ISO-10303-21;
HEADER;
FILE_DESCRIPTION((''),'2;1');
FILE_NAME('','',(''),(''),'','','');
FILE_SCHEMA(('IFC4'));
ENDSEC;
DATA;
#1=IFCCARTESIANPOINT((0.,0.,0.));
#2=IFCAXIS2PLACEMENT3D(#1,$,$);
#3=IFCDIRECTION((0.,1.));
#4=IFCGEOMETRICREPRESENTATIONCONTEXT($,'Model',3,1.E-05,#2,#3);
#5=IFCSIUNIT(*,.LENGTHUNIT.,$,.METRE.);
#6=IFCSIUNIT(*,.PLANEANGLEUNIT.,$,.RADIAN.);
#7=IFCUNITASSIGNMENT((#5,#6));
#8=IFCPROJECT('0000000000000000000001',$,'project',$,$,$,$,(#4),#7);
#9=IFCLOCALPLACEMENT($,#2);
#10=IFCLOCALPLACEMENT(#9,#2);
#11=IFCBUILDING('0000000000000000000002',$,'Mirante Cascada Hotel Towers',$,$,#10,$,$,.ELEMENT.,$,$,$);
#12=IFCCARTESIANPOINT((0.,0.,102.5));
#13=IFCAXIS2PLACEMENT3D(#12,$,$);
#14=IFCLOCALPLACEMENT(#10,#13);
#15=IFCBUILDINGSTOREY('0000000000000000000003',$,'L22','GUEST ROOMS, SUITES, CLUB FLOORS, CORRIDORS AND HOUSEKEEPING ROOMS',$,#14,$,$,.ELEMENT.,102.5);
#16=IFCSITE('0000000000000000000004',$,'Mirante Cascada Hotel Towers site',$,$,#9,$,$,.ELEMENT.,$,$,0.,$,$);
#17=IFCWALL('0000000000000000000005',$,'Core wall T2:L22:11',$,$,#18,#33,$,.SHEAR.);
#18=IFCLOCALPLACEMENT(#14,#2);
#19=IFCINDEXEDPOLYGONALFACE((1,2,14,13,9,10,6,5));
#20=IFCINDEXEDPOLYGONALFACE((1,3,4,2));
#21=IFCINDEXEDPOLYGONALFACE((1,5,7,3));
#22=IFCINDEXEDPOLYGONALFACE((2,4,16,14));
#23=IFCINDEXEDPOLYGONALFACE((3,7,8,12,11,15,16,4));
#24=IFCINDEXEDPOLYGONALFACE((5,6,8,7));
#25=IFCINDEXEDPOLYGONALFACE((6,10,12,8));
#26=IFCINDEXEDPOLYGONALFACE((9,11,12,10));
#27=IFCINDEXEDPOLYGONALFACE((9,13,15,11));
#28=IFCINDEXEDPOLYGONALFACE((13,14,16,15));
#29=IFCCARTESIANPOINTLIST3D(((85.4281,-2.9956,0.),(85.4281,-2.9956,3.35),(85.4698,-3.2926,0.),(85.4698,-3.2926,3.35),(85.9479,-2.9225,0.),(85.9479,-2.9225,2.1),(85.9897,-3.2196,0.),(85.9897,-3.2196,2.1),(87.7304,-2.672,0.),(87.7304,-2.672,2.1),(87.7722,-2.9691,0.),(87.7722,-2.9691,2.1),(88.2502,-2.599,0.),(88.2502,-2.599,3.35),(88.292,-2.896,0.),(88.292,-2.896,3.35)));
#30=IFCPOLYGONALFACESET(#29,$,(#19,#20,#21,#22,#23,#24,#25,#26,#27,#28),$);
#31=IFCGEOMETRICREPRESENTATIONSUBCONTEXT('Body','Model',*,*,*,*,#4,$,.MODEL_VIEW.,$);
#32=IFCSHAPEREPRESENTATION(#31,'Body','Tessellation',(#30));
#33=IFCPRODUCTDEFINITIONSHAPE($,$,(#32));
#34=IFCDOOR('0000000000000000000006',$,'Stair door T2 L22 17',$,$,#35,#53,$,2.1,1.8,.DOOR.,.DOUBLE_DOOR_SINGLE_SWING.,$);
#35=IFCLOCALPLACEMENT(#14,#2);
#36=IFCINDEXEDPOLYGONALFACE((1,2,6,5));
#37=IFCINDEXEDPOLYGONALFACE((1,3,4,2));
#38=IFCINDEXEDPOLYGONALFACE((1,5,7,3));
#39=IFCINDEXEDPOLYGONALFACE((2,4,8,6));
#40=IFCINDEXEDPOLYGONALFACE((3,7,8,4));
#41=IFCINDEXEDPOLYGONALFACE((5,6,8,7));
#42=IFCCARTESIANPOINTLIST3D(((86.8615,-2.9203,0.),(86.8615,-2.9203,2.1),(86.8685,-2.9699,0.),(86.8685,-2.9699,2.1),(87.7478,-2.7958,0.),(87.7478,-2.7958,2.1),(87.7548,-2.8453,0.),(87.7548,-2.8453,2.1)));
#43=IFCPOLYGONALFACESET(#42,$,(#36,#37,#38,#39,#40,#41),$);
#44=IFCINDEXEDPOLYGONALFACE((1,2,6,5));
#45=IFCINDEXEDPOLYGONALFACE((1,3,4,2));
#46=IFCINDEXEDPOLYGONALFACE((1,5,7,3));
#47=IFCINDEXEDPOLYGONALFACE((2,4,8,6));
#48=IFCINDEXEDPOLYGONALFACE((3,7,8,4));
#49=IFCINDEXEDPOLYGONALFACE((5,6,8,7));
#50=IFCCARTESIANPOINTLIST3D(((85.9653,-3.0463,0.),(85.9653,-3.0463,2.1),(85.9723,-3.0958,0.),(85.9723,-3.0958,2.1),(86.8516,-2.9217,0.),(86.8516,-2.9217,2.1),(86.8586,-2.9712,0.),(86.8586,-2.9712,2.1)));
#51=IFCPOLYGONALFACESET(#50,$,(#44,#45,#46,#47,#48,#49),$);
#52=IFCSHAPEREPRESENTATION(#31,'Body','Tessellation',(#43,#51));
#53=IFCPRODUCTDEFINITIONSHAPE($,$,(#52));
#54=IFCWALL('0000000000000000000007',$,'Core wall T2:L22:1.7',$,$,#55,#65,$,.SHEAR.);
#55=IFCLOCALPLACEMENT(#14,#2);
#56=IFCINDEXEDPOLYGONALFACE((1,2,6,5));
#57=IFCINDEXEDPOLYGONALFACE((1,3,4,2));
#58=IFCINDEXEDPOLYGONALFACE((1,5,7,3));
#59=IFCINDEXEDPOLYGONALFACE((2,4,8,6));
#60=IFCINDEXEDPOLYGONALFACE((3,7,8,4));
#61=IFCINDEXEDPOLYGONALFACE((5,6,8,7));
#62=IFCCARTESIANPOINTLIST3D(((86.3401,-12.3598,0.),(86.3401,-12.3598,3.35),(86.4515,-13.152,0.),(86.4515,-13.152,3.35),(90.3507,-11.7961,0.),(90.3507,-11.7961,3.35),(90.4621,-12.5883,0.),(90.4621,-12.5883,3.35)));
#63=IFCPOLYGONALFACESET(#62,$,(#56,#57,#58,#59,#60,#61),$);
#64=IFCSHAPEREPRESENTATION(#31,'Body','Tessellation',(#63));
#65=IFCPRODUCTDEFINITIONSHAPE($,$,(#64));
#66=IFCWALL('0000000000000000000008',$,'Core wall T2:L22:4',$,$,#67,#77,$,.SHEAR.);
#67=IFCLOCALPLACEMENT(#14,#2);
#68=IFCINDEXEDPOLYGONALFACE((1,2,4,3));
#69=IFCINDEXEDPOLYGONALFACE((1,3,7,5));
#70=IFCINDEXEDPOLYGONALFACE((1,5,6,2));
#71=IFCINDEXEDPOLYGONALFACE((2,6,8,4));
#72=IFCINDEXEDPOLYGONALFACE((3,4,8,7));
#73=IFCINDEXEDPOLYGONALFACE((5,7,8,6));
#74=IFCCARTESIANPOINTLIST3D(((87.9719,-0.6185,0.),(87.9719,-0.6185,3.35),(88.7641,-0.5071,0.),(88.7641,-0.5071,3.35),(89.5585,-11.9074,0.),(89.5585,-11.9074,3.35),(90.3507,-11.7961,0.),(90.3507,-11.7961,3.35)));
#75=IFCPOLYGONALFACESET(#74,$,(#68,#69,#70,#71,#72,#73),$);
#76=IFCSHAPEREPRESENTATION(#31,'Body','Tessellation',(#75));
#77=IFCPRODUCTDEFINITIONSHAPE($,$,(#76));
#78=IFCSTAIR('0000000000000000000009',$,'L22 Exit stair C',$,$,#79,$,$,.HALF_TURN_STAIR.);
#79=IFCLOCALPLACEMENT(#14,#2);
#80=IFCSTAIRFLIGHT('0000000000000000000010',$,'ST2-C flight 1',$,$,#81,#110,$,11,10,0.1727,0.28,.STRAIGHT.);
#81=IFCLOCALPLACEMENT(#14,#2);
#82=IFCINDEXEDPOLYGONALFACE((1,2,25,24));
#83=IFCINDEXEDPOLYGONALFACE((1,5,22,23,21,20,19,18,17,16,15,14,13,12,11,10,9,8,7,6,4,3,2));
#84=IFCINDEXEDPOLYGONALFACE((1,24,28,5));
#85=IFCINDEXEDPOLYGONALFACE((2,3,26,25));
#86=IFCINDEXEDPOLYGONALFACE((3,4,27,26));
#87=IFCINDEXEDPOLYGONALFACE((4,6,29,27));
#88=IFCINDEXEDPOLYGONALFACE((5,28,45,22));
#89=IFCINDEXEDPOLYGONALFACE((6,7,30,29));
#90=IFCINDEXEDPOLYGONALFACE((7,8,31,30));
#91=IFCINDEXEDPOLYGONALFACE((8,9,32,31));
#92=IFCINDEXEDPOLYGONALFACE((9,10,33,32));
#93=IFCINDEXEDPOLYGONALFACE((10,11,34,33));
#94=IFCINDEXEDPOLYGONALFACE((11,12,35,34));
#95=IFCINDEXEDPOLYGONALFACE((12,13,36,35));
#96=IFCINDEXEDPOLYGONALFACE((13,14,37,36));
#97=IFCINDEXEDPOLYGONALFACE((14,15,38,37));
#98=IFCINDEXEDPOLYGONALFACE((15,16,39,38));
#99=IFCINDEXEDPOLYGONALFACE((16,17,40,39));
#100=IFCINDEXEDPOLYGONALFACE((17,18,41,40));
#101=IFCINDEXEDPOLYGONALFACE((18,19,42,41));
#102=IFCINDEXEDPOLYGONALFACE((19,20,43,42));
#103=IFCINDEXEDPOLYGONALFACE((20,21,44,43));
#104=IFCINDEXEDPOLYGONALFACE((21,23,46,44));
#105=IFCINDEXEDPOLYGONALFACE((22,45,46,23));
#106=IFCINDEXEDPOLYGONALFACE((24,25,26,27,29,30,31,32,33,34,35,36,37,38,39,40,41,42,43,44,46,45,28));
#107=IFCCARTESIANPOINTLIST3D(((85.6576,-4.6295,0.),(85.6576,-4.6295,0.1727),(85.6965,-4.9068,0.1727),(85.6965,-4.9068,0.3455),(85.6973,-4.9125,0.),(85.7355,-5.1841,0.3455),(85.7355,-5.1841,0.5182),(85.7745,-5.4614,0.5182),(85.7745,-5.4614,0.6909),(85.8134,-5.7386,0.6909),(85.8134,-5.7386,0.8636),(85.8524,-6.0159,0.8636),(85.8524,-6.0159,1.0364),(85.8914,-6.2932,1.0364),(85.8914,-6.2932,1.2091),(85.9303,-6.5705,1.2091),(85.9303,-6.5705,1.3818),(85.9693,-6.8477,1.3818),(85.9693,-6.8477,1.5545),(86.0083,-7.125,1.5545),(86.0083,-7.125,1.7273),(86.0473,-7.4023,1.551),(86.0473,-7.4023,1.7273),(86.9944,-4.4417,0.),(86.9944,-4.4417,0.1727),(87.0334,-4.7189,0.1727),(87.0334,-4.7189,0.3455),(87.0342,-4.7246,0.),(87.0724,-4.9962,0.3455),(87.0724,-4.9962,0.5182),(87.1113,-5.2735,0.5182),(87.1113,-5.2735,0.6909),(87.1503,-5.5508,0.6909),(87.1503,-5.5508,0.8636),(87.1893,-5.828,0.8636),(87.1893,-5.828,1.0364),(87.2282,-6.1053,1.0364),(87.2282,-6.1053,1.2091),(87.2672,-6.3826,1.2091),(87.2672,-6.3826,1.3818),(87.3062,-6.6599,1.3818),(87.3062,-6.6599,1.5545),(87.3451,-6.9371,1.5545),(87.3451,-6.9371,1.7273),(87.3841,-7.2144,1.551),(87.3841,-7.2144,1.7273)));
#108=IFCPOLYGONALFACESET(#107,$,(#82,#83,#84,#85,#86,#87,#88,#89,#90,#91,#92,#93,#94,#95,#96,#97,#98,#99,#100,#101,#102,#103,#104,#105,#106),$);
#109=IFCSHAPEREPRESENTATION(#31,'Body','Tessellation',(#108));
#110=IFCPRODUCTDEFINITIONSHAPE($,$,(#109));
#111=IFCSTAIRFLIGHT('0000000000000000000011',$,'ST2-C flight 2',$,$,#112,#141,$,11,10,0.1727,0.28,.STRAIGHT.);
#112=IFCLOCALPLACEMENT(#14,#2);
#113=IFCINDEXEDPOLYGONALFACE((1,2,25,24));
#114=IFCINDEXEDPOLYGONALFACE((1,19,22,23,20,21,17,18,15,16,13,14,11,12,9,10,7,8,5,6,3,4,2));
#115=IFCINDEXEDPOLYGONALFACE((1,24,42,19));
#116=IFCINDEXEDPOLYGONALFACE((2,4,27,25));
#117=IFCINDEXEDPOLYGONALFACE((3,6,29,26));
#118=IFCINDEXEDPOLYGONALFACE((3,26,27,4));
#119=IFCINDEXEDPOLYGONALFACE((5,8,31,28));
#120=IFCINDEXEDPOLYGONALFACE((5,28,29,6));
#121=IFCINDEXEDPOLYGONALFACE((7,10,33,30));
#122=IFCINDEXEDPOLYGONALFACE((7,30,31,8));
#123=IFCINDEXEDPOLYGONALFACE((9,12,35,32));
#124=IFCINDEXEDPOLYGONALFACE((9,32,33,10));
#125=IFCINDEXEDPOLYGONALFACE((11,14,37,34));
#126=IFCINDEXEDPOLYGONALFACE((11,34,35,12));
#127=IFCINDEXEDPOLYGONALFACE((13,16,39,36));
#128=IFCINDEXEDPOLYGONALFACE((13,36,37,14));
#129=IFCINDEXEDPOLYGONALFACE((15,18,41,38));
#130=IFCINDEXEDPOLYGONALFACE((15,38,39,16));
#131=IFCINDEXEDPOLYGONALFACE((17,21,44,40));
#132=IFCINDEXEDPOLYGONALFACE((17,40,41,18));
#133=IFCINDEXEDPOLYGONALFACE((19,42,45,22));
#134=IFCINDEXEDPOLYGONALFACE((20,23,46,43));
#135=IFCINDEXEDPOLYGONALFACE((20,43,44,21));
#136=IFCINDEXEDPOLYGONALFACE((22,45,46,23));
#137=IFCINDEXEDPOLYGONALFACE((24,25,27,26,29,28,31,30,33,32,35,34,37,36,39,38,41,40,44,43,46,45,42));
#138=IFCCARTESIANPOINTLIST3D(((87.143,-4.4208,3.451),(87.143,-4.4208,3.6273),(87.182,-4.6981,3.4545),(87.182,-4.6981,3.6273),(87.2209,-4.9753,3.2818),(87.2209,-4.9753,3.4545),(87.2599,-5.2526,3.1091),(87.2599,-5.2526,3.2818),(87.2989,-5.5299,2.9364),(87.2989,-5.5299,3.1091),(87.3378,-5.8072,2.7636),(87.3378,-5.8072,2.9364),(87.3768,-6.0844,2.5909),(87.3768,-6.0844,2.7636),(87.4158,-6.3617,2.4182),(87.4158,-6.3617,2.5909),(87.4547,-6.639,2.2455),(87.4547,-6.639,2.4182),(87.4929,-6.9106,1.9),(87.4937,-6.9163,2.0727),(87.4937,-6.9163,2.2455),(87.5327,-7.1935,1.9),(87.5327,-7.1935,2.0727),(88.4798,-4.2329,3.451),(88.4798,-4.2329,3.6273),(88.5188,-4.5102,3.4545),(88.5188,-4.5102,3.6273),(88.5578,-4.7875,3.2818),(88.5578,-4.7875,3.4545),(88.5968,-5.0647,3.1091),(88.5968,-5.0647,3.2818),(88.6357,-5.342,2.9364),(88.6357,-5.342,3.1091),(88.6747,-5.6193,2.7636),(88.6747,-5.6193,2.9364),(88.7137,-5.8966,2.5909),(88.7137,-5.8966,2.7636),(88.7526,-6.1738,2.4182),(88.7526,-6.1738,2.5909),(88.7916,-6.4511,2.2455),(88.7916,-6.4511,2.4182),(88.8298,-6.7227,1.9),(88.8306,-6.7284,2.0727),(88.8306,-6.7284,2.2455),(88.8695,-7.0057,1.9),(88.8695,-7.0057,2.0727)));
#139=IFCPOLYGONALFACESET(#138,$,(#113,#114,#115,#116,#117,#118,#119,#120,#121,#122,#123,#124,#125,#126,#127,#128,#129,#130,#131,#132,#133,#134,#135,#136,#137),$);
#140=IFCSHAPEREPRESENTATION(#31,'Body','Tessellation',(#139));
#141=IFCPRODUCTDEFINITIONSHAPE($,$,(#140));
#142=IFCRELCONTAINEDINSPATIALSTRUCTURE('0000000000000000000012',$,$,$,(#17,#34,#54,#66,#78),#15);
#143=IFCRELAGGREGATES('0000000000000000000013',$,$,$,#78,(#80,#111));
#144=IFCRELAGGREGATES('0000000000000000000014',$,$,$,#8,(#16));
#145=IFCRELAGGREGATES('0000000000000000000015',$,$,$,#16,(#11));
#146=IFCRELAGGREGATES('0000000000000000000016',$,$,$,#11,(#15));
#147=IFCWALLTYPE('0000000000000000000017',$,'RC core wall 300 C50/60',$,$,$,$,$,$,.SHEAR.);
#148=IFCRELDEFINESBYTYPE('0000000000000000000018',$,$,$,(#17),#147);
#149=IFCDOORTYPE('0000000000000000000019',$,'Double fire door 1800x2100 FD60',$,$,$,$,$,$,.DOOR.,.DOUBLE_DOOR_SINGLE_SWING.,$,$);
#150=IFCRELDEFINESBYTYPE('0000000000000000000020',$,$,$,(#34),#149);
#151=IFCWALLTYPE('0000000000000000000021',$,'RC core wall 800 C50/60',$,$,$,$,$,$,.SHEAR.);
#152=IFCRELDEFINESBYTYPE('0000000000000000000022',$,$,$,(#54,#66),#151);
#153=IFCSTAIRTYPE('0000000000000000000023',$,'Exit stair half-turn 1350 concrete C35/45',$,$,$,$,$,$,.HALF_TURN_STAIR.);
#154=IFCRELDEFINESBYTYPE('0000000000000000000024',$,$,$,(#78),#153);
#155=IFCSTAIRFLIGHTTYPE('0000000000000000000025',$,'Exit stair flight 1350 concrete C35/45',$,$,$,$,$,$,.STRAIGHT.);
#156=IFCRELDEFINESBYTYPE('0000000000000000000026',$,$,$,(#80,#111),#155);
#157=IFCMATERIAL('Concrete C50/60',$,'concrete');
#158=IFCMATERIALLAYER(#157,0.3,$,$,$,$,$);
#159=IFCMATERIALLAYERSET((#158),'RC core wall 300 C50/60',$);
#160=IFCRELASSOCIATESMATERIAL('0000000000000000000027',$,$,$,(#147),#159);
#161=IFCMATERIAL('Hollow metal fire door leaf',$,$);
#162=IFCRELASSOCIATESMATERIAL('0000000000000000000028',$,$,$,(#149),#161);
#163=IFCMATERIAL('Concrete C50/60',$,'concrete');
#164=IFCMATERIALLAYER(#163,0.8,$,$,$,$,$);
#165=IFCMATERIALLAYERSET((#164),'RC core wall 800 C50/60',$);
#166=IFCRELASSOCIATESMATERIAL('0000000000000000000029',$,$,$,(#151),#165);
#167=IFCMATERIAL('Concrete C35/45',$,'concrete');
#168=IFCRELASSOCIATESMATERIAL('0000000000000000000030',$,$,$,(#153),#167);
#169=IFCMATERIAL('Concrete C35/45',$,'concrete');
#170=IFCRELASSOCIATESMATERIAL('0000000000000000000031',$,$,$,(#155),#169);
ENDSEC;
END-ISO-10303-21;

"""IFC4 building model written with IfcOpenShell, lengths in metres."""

from ifc_helpers import new_model, si_unit, direction, frame, frame_2d, origin, place, context, subcontext, project, spatial, polyline, rectangle, outline, extrude, material, layer, layer_set, type_object, element, fill, aggregate, save


model = new_model("IFC4")

# Units and contexts
model_context = context("Model", 3, precision=1e-05, world=origin(), true_north=direction((0.0, 1.0)))
body_context = subcontext(model_context, "Body", "Model", "MODEL_VIEW")
ifc_project = project(units=[si_unit("LENGTHUNIT", "METRE"), si_unit("PLANEANGLEUNIT", "RADIAN")], contexts=[model_context])

# Site, building, storey
site_placement = place(None, origin())
site = spatial("IfcSite", under=ifc_project, at=site_placement, Name="Mirante Cascada Hotel Towers site", CompositionType="ELEMENT", RefElevation=0.0)
building_placement = place(site_placement, origin())
building = spatial("IfcBuilding", under=site, at=building_placement, Name="Mirante Cascada Hotel Towers", CompositionType="ELEMENT")
storey_placement = place(building_placement, frame((0.0, 0.0, 102.5)))
storey = spatial("IfcBuildingStorey", under=building, at=storey_placement, Name="L22", Description="GUEST ROOMS, SUITES, CLUB FLOORS, CORRIDORS AND HOUSEKEEPING ROOMS", CompositionType="ELEMENT", Elevation=102.5)

# Shared definitions
ifc_material_1 = material(Name="Concrete C50/60", Category="concrete")
ifc_layer_1 = layer(ifc_material_1, 0.3)
ifc_layer_set_1 = layer_set([ifc_layer_1], Name="RC core wall 300 C50/60")
wall_type_1 = type_object("IfcWallType", Name="RC core wall 300 C50/60", PredefinedType="SHEAR", material=ifc_layer_set_1)

# Wall, opening, door
wall_1_placement = place(storey_placement, frame((85.4489, -3.1441, 0.0), z_axis=(0.0, 0.0, 1.0), x_axis=(0.99027, 0.139161, 0.0)))
wall_1 = element("IfcWall", 1, at=wall_1_placement, inside=storey, type_object=wall_type_1, Name="Core wall T2:L22:11", PredefinedType="SHEAR", context=body_context, shape_type="SweptSolid", body=[
    extrude(rectangle(XDim=2.8499, YDim=0.3, at=frame_2d((1.425, 0.0))), origin(), (0.0, 0.0, 1.0), 3.35),
])
opening_1_placement = place(wall_1_placement, frame((0.525, 0.0, 0.0)))
opening_1 = element("IfcOpeningElement", 2, at=opening_1_placement, cuts=wall_1, PredefinedType="OPENING", context=body_context, shape_type="SweptSolid", body=[
    extrude(rectangle(XDim=1.8, YDim=2.1, at=frame_2d((0.9, 1.05))), frame((0.0, 0.15, 0.0), z_axis=(0.0, -1.0, 0.0), x_axis=(1.0, 0.0, 0.0)), (0.0, 0.0, 1.0), 0.3),
])
ifc_material_2 = material(Name="Hollow metal fire door leaf")
door_type_1 = type_object("IfcDoorType", Name="Double fire door 1800x2100 FD60", OperationType="DOUBLE_DOOR_SINGLE_SWING", PredefinedType="DOOR", material=ifc_material_2)
door_1_placement = place(opening_1_placement, frame((1.8, 0.0, 0.0), z_axis=(0.0, 0.0, 1.0), x_axis=(-1.0, 0.0, 0.0)))
door_1 = element("IfcDoor", 3, at=door_1_placement, inside=storey, type_object=door_type_1, Name="Stair door T2 L22 17", OperationType="DOUBLE_DOOR_SINGLE_SWING", OverallHeight=2.1, OverallWidth=1.8, PredefinedType="DOOR", context=body_context, shape_type="SweptSolid", body=[
    extrude(rectangle(XDim=0.895, YDim=2.1, at=frame_2d((0.4475, 1.05))), frame((0.0, 0.025, 0.0), z_axis=(0.0, -1.0, 0.0), x_axis=(1.0, 0.0, 0.0)), (0.0, 0.0, 1.0), 0.05),
    extrude(rectangle(XDim=0.895, YDim=2.1, at=frame_2d((1.3525, 1.05))), frame((0.0, 0.025, 0.0), z_axis=(0.0, -1.0, 0.0), x_axis=(1.0, 0.0, 0.0)), (0.0, 0.0, 1.0), 0.05),
])
fill(opening_1, door_1)

# Walls
ifc_material_3 = material(Name="Concrete C50/60", Category="concrete")
ifc_layer_2 = layer(ifc_material_3, 0.8)
ifc_layer_set_2 = layer_set([ifc_layer_2], Name="RC core wall 800 C50/60")
wall_type_2 = type_object("IfcWallType", Name="RC core wall 800 C50/60", PredefinedType="SHEAR", material=ifc_layer_set_2)
wall_2_placement = place(storey_placement, frame((86.3958, -12.7559, 0.0), z_axis=(0.0, 0.0, 1.0), x_axis=(0.990267, 0.139184, 0.0)))
element("IfcWall", 4, at=wall_2_placement, inside=storey, type_object=wall_type_2, Name="Core wall T2:L22:1.7", PredefinedType="SHEAR", context=body_context, shape_type="SweptSolid", body=[
    extrude(rectangle(XDim=4.05, YDim=0.8, at=frame_2d((2.025, 0.0))), origin(), (0.0, 0.0, 1.0), 3.35),
])
wall_3_placement = place(storey_placement, frame((89.9546, -11.8518, 0.0), z_axis=(0.0, 0.0, 1.0), x_axis=(-0.139176, 0.990268, 0.0)))
element("IfcWall", 5, at=wall_3_placement, inside=storey, type_object=wall_type_2, Name="Core wall T2:L22:4", PredefinedType="SHEAR", context=body_context, shape_type="SweptSolid", body=[
    extrude(rectangle(XDim=11.3999, YDim=0.8, at=frame_2d((5.7, 0.0))), origin(), (0.0, 0.0, 1.0), 3.35),
])

# Stair, stair flights
ifc_material_4 = material(Name="Concrete C35/45", Category="concrete")
stair_type = type_object("IfcStairType", Name="Exit stair half-turn 1350 concrete C35/45", PredefinedType="HALF_TURN_STAIR", material=ifc_material_4)
stair_placement = place(storey_placement, origin())
stair = element("IfcStair", 6, at=stair_placement, inside=storey, type_object=stair_type, Name="L22 Exit stair C", PredefinedType="HALF_TURN_STAIR")
ifc_material_5 = material(Name="Concrete C35/45", Category="concrete")
stair_flight_type = type_object("IfcStairFlightType", Name="Exit stair flight 1350 concrete C35/45", PredefinedType="STRAIGHT", material=ifc_material_5)
stair_flight_1_placement = place(storey_placement, frame((86.326, -4.5356, 0.0), z_axis=(0.0, 0.0, 1.0), x_axis=(0.139173, -0.990268, 0.0)))
stair_flight_1 = element("IfcStairFlight", 7, at=stair_flight_1_placement, type_object=stair_flight_type, Name="ST2-C flight 1", NumberOfRisers=11, NumberOfTreads=10, PredefinedType="STRAIGHT", RiserHeight=0.1727, TreadLength=0.28, context=body_context, shape_type="SweptSolid", body=[
    extrude(outline(polyline([(0.0, 0.0), (0.0, 0.1727), (0.28, 0.1727), (0.28, 0.3455), (0.56, 0.3455), (0.56, 0.5182), (0.84, 0.5182), (0.84, 0.6909), (1.12, 0.6909), (1.12, 0.8636), (1.4, 0.8636), (1.4, 1.0364), (1.68, 1.0364), (1.68, 1.2091), (1.96, 1.2091), (1.96, 1.3818), (2.24, 1.3818), (2.24, 1.5545), (2.52, 1.5545), (2.52, 1.7273), (2.8, 1.7273), (2.8, 1.9), (2.8, 1.551), (0.2857, 0.0), (0.0, 0.0)])), frame((0.0, 0.675, 0.0), z_axis=(0.0, -1.0, 0.0), x_axis=(1.0, 0.0, 0.0)), (0.0, 0.0, 1.0), 1.35),
])
stair_flight_2_placement = place(storey_placement, frame((88.2011, -7.0996, 1.9), z_axis=(0.0, 0.0, 1.0), x_axis=(-0.139173, 0.990268, 0.0)))
stair_flight_2 = element("IfcStairFlight", 8, at=stair_flight_2_placement, type_object=stair_flight_type, Name="ST2-C flight 2", NumberOfRisers=11, NumberOfTreads=10, PredefinedType="STRAIGHT", RiserHeight=0.1727, TreadLength=0.28, context=body_context, shape_type="SweptSolid", body=[
    extrude(outline(polyline([(0.0, 0.0), (0.0, 0.1727), (0.28, 0.1727), (0.28, 0.3455), (0.56, 0.3455), (0.56, 0.5182), (0.84, 0.5182), (0.84, 0.6909), (1.12, 0.6909), (1.12, 0.8636), (1.4, 0.8636), (1.4, 1.0364), (1.68, 1.0364), (1.68, 1.2091), (1.96, 1.2091), (1.96, 1.3818), (2.24, 1.3818), (2.24, 1.5545), (2.52, 1.5545), (2.52, 1.7273), (2.8, 1.7273), (2.8, 1.9), (2.8, 1.551), (0.2857, 0.0), (0.0, 0.0)])), frame((0.0, 0.675, 0.0), z_axis=(0.0, -1.0, 0.0), x_axis=(1.0, 0.0, 0.0)), (0.0, 0.0, 1.0), 1.35),
])
aggregate(stair, [stair_flight_1, stair_flight_2])

save(model, "model.ifc")
